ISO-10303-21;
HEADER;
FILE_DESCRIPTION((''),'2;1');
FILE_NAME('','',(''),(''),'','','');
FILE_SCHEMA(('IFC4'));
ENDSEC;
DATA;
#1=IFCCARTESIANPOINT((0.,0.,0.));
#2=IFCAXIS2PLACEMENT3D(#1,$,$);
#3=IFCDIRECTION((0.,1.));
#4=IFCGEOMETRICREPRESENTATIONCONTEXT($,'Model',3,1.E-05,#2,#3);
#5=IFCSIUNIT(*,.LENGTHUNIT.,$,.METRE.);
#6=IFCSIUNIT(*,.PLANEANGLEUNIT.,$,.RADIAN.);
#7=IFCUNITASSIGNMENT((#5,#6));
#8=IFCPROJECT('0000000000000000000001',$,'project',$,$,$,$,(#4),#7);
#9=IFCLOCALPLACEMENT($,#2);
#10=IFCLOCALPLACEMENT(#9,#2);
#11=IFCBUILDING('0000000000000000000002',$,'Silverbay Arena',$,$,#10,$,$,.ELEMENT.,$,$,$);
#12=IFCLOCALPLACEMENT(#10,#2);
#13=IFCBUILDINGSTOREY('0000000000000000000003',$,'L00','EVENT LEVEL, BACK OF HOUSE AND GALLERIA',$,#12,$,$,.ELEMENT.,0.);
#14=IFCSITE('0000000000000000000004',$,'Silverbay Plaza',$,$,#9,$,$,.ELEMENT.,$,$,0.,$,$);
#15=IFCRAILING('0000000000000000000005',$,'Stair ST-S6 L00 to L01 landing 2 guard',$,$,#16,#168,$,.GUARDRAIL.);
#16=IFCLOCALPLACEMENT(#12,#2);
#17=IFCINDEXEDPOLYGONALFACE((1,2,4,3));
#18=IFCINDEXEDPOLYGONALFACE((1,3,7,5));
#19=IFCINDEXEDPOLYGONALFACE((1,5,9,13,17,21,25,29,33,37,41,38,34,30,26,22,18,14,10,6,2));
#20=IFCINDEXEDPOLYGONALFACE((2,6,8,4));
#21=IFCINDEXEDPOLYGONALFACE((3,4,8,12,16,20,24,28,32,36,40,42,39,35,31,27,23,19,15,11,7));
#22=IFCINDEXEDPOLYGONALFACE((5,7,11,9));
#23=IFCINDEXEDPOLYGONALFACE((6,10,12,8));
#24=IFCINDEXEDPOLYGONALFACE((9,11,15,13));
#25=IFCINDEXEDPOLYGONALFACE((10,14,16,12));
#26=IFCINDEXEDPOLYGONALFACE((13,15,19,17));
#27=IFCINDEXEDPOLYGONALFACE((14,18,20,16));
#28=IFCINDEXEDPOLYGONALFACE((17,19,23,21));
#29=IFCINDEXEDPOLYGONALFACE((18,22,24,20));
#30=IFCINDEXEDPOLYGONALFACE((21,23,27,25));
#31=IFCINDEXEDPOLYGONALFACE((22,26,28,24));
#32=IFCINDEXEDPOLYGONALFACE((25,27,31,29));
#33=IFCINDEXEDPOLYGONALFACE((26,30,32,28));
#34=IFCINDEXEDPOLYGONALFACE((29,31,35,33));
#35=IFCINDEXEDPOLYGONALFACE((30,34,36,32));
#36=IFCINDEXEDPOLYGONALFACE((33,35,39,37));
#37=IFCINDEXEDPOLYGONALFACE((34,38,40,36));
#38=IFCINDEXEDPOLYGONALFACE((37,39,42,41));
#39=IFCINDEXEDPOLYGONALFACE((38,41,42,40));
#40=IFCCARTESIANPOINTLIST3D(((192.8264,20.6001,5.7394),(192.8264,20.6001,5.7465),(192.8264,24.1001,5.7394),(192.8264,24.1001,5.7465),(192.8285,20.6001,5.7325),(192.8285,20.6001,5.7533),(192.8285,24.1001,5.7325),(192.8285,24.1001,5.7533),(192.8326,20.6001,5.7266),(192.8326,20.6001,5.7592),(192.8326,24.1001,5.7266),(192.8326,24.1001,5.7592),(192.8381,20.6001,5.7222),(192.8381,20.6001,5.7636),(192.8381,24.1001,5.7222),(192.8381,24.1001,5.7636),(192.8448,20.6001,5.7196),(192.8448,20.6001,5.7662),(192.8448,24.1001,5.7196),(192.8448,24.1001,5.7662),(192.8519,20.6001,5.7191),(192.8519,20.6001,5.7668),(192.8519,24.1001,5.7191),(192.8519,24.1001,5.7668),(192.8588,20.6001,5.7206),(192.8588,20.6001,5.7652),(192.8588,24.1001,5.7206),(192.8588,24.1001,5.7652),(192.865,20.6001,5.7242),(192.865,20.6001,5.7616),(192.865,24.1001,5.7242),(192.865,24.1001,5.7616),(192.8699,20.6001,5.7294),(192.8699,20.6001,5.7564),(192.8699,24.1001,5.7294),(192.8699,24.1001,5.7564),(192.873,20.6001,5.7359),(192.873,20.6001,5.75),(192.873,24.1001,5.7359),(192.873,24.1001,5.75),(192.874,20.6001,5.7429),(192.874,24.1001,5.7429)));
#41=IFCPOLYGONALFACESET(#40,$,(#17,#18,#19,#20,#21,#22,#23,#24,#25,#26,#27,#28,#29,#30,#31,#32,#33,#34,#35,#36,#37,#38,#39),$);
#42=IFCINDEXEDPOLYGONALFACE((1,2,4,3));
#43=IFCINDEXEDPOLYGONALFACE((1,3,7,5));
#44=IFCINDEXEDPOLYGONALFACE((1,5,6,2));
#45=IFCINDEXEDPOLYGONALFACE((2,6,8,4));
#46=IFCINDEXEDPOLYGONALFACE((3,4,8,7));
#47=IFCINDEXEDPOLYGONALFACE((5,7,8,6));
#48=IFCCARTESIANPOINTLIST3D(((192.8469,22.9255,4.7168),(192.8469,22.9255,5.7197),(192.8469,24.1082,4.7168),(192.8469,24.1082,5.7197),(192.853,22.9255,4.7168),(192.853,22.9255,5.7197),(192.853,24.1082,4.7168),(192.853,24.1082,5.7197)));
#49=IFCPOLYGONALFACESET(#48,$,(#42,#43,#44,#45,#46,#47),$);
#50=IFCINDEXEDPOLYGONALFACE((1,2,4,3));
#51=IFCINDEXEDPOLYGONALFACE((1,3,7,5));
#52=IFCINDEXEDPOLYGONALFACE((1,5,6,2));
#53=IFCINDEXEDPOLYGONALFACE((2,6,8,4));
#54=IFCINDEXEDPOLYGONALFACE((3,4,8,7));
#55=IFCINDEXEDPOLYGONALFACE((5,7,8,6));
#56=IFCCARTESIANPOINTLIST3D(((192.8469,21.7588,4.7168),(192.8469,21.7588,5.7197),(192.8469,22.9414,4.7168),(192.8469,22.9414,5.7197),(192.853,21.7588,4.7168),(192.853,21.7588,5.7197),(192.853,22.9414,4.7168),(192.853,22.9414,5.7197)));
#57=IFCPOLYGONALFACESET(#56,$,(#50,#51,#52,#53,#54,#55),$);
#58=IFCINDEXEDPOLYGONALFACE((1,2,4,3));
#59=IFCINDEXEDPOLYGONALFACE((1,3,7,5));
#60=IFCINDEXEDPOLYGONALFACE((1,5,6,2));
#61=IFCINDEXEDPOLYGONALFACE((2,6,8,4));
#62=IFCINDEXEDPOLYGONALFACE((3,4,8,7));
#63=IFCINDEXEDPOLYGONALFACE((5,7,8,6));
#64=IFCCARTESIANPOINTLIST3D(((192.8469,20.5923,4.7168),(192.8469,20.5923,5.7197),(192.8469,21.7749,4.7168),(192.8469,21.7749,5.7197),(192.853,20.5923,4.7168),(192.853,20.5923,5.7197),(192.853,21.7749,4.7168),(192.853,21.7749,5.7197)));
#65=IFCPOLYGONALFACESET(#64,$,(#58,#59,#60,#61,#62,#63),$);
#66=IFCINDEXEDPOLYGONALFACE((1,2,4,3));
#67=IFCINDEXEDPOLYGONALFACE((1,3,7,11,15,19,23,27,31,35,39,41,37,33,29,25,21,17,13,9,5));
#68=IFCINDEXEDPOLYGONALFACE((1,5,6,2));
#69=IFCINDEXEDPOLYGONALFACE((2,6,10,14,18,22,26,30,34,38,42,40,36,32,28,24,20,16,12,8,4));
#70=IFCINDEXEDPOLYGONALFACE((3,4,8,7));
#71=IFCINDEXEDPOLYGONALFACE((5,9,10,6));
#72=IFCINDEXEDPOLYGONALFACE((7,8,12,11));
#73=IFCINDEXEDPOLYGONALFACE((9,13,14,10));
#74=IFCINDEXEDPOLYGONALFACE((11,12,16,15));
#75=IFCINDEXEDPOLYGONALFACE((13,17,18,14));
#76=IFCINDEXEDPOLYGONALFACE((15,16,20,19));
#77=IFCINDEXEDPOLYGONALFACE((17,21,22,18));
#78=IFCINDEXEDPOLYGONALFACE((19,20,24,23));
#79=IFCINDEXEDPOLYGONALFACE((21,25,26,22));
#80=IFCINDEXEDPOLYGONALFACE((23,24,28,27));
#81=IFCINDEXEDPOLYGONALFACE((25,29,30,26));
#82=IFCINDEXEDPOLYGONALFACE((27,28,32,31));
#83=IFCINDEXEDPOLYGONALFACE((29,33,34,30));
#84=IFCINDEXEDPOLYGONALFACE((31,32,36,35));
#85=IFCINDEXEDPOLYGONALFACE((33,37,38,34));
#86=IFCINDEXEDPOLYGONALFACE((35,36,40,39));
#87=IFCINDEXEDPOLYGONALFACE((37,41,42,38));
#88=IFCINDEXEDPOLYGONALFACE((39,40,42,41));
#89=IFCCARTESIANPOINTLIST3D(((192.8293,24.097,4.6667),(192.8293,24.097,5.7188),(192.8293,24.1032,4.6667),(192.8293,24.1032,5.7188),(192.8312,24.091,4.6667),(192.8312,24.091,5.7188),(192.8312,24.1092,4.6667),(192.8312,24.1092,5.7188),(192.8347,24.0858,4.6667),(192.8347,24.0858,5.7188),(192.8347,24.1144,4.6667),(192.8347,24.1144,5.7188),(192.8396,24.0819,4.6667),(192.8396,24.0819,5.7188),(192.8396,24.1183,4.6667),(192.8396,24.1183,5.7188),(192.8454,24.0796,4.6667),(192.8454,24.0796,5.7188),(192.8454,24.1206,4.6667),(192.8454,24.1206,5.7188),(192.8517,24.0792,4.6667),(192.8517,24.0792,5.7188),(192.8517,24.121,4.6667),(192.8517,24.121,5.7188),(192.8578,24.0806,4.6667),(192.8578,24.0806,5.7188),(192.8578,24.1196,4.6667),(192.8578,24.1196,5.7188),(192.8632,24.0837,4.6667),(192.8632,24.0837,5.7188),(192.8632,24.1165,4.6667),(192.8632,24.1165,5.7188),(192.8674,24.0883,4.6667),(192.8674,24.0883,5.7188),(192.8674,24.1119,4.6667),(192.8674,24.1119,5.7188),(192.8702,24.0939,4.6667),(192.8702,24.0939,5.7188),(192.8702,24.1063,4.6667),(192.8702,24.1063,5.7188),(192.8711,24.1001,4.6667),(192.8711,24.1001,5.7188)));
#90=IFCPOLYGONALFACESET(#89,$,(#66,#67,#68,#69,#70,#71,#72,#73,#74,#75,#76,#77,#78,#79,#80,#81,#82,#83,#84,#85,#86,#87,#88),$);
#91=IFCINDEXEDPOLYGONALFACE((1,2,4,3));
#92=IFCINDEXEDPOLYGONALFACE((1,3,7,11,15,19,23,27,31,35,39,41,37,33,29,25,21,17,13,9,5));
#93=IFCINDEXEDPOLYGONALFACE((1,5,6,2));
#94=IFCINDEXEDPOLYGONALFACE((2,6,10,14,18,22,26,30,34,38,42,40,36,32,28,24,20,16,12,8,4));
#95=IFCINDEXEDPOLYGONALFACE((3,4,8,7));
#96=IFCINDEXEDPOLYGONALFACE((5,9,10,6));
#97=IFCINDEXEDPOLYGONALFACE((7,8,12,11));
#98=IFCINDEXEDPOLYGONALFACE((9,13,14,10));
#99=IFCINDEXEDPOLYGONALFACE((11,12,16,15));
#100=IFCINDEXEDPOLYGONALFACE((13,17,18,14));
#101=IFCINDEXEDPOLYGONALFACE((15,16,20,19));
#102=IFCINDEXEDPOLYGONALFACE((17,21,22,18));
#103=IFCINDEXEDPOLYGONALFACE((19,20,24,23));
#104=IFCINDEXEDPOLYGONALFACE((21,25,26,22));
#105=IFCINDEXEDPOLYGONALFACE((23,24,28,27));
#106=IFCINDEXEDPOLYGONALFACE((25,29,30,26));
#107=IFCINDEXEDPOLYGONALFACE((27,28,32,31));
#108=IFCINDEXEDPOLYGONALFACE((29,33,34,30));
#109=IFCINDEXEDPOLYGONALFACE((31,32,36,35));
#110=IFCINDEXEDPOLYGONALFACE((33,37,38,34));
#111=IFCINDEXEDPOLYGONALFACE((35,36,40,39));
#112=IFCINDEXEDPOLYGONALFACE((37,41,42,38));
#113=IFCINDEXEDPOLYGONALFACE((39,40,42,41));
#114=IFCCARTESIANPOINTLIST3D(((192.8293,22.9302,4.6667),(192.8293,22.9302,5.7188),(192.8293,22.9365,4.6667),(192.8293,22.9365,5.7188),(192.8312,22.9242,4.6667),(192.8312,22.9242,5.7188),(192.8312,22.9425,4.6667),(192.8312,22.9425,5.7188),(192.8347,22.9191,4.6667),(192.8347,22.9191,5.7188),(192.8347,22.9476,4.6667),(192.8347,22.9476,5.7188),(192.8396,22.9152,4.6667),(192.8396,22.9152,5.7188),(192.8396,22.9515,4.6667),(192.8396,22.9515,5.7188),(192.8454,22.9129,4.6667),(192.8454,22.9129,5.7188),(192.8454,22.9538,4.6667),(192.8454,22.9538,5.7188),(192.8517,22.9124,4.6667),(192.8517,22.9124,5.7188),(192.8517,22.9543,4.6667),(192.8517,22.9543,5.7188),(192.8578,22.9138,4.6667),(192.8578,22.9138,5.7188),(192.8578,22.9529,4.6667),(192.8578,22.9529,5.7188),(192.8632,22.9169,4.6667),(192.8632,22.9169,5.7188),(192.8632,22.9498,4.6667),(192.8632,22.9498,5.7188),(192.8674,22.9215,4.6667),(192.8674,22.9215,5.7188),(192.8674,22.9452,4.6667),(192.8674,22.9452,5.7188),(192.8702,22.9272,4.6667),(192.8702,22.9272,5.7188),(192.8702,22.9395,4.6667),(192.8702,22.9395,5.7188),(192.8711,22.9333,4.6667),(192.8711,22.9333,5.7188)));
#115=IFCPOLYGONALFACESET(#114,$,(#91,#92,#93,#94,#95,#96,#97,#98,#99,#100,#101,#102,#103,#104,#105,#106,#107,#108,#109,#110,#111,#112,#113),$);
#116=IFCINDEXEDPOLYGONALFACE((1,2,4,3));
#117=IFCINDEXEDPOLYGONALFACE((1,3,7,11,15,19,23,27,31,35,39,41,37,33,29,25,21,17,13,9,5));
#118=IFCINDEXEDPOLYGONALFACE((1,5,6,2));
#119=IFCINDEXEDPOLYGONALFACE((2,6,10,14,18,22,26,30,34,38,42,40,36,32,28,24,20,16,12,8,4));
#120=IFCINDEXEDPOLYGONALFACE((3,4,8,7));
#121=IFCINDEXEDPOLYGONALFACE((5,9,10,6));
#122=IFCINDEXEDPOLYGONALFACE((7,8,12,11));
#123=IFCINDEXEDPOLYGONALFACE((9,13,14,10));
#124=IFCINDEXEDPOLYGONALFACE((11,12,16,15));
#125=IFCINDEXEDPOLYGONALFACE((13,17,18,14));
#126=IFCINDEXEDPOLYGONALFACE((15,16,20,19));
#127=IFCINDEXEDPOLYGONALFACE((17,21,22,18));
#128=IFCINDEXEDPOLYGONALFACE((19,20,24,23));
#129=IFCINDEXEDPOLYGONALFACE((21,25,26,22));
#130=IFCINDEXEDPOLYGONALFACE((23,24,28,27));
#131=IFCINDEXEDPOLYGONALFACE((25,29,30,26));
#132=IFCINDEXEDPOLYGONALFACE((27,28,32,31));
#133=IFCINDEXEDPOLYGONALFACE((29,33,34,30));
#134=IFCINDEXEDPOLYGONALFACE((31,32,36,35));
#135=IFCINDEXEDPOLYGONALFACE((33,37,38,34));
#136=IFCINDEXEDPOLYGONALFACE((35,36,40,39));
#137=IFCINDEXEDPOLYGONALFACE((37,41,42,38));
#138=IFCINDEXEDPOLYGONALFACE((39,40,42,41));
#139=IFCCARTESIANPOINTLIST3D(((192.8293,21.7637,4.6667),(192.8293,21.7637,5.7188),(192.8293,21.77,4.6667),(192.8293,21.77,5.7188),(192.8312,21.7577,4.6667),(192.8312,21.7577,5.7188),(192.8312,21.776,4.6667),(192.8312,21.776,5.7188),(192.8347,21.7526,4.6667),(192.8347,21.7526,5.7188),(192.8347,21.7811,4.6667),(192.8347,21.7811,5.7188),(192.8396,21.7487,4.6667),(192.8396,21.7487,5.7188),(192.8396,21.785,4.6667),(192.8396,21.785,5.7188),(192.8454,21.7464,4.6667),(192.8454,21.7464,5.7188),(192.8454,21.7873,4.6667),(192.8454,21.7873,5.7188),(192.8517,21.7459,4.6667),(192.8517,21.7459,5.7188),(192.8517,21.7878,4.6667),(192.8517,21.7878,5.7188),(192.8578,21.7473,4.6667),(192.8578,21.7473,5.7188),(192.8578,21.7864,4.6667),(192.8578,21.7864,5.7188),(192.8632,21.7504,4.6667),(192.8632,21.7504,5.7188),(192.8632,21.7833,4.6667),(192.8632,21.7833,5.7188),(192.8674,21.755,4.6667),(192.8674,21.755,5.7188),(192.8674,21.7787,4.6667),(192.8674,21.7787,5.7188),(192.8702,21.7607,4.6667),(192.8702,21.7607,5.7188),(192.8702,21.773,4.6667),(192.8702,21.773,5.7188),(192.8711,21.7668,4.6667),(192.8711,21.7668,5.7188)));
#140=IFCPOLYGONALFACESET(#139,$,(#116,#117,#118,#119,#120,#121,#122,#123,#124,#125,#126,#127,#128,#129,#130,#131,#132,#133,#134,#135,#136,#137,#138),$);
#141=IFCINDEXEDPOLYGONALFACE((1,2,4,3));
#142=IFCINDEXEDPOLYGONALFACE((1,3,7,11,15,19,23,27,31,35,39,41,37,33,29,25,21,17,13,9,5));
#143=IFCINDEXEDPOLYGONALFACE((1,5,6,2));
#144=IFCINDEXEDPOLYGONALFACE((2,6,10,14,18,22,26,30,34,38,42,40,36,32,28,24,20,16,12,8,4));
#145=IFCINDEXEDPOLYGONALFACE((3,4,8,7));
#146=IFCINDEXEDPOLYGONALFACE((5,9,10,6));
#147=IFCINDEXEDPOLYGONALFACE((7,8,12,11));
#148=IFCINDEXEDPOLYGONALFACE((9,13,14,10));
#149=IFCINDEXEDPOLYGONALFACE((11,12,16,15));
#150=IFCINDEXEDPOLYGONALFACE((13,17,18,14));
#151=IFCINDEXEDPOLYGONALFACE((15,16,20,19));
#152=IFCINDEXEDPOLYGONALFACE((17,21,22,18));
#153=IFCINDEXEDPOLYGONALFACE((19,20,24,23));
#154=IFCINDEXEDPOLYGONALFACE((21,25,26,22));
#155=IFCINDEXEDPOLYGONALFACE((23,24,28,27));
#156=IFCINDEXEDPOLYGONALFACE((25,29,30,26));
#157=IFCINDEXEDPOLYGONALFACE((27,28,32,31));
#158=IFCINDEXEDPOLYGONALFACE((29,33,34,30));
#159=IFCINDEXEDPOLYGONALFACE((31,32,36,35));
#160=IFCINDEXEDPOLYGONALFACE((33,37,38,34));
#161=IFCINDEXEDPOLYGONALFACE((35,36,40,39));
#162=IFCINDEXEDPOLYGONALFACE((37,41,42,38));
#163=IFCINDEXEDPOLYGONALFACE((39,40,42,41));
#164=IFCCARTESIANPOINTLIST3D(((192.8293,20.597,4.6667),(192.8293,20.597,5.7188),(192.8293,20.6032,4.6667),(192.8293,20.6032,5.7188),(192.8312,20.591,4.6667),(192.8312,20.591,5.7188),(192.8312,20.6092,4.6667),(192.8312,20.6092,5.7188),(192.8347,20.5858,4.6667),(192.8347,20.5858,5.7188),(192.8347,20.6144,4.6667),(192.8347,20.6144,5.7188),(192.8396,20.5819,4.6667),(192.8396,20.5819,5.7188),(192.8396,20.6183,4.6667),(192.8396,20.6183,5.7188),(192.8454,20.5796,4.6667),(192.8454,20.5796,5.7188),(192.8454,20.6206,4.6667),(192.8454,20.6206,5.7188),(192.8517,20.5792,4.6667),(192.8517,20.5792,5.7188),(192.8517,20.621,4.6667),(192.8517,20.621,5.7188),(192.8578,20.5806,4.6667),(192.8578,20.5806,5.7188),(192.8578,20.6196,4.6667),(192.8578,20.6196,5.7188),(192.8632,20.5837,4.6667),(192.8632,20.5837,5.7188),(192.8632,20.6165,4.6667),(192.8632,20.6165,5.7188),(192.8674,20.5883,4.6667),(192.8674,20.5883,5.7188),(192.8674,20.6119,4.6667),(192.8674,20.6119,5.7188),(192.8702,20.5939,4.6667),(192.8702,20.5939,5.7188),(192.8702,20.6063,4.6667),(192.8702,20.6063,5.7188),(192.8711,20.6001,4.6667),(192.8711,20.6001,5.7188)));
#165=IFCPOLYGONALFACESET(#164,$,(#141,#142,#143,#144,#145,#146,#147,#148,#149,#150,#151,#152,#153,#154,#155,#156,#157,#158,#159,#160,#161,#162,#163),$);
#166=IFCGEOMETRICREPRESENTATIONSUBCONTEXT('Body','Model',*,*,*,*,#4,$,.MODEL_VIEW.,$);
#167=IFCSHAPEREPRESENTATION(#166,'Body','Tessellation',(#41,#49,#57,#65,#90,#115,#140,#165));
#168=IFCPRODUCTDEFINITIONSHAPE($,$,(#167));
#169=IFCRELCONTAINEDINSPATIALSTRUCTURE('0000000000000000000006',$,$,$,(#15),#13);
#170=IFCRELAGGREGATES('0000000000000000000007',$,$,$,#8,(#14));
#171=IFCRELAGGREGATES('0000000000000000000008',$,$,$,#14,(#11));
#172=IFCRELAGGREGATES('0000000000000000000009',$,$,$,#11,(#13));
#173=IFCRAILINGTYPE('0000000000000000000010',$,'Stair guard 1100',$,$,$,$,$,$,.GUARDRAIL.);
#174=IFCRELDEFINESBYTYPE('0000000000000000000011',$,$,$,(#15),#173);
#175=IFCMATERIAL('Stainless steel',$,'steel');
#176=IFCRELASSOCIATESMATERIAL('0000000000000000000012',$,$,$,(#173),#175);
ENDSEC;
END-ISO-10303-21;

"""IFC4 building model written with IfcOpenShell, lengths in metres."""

from ifc_helpers import new_model, si_unit, direction, frame, origin, origin_2d, place, context, subcontext, project, spatial, polyline, circle, outline, extrude, material, type_object, element, save


model = new_model("IFC4")

# Units and contexts
model_context = context("Model", 3, precision=1e-05, world=origin(), true_north=direction((0.0, 1.0)))
body_context = subcontext(model_context, "Body", "Model", "MODEL_VIEW")
ifc_project = project(units=[si_unit("LENGTHUNIT", "METRE"), si_unit("PLANEANGLEUNIT", "RADIAN")], contexts=[model_context])

# Site, building, storey
site_placement = place(None, origin())
site = spatial("IfcSite", under=ifc_project, at=site_placement, Name="Silverbay Plaza", CompositionType="ELEMENT", RefElevation=0.0)
building_placement = place(site_placement, origin())
building = spatial("IfcBuilding", under=site, at=building_placement, Name="Silverbay Arena", CompositionType="ELEMENT")
storey_placement = place(building_placement, origin())
storey = spatial("IfcBuildingStorey", under=building, at=storey_placement, Name="L00", Description="EVENT LEVEL, BACK OF HOUSE AND GALLERIA", CompositionType="ELEMENT", Elevation=0.0)

# Railing
ifc_material_1 = material(Name="Stainless steel", Category="steel")
railing_type_1 = type_object("IfcRailingType", Name="Stair guard 1100", PredefinedType="GUARDRAIL", material=ifc_material_1)
for number, where, name in (
    (1, (192.8501, 24.1001, 4.6667), "Stair ST-S6 L00 to L01 landing 2 guard"),
):
    element("IfcRailing", number, at=place(storey_placement, frame(where)), inside=storey, type_object=railing_type_1, Name=name, PredefinedType="GUARDRAIL", context=body_context, shape_type="SweptSolid", body=[
        extrude(circle(Radius=0.0239, at=origin_2d()), frame((0.0, 0.0, 1.0762), z_axis=(0.0, -1.0, 0.0), x_axis=(1.0, 0.0, 0.0)), (0.0, 0.0, 1.0), 3.5),
        extrude(outline(polyline([(-0.0081, 0.05), (1.1746, 0.05), (1.1746, 1.053), (-0.0081, 1.053), (-0.0081, 0.05)])), frame((0.0029, 0.0, 0.0), z_axis=(-1.0, 0.0, 0.0), x_axis=(0.0, -1.0, 0.0)), (0.0, 0.0, 1.0), 0.0061),
        extrude(outline(polyline([(-0.0081, 0.05), (1.1746, 0.05), (1.1746, 1.053), (-0.0081, 1.053), (-0.0081, 0.05)])), frame((0.0029, -1.1667, 0.0), z_axis=(-1.0, 0.0, 0.0), x_axis=(0.0, -1.0, 0.0)), (0.0, 0.0, 1.0), 0.0061),
        extrude(outline(polyline([(-0.0081, 0.05), (1.1746, 0.05), (1.1746, 1.053), (-0.0081, 1.053), (-0.0081, 0.05)])), frame((0.0029, -2.3333, 0.0), z_axis=(-1.0, 0.0, 0.0), x_axis=(0.0, -1.0, 0.0)), (0.0, 0.0, 1.0), 0.0061),
        extrude(circle(Radius=0.021, at=origin_2d()), origin(), (0.0, 0.0, 1.0), 1.052),
        extrude(circle(Radius=0.021, at=origin_2d()), frame((0.0, -1.1667, 0.0)), (0.0, 0.0, 1.0), 1.052),
        extrude(circle(Radius=0.021, at=origin_2d()), frame((0.0, -2.3333, 0.0)), (0.0, 0.0, 1.0), 1.052),
        extrude(circle(Radius=0.021, at=origin_2d()), frame((0.0, -3.5, 0.0)), (0.0, 0.0, 1.0), 1.052),
    ])

save(model, "model.ifc")
